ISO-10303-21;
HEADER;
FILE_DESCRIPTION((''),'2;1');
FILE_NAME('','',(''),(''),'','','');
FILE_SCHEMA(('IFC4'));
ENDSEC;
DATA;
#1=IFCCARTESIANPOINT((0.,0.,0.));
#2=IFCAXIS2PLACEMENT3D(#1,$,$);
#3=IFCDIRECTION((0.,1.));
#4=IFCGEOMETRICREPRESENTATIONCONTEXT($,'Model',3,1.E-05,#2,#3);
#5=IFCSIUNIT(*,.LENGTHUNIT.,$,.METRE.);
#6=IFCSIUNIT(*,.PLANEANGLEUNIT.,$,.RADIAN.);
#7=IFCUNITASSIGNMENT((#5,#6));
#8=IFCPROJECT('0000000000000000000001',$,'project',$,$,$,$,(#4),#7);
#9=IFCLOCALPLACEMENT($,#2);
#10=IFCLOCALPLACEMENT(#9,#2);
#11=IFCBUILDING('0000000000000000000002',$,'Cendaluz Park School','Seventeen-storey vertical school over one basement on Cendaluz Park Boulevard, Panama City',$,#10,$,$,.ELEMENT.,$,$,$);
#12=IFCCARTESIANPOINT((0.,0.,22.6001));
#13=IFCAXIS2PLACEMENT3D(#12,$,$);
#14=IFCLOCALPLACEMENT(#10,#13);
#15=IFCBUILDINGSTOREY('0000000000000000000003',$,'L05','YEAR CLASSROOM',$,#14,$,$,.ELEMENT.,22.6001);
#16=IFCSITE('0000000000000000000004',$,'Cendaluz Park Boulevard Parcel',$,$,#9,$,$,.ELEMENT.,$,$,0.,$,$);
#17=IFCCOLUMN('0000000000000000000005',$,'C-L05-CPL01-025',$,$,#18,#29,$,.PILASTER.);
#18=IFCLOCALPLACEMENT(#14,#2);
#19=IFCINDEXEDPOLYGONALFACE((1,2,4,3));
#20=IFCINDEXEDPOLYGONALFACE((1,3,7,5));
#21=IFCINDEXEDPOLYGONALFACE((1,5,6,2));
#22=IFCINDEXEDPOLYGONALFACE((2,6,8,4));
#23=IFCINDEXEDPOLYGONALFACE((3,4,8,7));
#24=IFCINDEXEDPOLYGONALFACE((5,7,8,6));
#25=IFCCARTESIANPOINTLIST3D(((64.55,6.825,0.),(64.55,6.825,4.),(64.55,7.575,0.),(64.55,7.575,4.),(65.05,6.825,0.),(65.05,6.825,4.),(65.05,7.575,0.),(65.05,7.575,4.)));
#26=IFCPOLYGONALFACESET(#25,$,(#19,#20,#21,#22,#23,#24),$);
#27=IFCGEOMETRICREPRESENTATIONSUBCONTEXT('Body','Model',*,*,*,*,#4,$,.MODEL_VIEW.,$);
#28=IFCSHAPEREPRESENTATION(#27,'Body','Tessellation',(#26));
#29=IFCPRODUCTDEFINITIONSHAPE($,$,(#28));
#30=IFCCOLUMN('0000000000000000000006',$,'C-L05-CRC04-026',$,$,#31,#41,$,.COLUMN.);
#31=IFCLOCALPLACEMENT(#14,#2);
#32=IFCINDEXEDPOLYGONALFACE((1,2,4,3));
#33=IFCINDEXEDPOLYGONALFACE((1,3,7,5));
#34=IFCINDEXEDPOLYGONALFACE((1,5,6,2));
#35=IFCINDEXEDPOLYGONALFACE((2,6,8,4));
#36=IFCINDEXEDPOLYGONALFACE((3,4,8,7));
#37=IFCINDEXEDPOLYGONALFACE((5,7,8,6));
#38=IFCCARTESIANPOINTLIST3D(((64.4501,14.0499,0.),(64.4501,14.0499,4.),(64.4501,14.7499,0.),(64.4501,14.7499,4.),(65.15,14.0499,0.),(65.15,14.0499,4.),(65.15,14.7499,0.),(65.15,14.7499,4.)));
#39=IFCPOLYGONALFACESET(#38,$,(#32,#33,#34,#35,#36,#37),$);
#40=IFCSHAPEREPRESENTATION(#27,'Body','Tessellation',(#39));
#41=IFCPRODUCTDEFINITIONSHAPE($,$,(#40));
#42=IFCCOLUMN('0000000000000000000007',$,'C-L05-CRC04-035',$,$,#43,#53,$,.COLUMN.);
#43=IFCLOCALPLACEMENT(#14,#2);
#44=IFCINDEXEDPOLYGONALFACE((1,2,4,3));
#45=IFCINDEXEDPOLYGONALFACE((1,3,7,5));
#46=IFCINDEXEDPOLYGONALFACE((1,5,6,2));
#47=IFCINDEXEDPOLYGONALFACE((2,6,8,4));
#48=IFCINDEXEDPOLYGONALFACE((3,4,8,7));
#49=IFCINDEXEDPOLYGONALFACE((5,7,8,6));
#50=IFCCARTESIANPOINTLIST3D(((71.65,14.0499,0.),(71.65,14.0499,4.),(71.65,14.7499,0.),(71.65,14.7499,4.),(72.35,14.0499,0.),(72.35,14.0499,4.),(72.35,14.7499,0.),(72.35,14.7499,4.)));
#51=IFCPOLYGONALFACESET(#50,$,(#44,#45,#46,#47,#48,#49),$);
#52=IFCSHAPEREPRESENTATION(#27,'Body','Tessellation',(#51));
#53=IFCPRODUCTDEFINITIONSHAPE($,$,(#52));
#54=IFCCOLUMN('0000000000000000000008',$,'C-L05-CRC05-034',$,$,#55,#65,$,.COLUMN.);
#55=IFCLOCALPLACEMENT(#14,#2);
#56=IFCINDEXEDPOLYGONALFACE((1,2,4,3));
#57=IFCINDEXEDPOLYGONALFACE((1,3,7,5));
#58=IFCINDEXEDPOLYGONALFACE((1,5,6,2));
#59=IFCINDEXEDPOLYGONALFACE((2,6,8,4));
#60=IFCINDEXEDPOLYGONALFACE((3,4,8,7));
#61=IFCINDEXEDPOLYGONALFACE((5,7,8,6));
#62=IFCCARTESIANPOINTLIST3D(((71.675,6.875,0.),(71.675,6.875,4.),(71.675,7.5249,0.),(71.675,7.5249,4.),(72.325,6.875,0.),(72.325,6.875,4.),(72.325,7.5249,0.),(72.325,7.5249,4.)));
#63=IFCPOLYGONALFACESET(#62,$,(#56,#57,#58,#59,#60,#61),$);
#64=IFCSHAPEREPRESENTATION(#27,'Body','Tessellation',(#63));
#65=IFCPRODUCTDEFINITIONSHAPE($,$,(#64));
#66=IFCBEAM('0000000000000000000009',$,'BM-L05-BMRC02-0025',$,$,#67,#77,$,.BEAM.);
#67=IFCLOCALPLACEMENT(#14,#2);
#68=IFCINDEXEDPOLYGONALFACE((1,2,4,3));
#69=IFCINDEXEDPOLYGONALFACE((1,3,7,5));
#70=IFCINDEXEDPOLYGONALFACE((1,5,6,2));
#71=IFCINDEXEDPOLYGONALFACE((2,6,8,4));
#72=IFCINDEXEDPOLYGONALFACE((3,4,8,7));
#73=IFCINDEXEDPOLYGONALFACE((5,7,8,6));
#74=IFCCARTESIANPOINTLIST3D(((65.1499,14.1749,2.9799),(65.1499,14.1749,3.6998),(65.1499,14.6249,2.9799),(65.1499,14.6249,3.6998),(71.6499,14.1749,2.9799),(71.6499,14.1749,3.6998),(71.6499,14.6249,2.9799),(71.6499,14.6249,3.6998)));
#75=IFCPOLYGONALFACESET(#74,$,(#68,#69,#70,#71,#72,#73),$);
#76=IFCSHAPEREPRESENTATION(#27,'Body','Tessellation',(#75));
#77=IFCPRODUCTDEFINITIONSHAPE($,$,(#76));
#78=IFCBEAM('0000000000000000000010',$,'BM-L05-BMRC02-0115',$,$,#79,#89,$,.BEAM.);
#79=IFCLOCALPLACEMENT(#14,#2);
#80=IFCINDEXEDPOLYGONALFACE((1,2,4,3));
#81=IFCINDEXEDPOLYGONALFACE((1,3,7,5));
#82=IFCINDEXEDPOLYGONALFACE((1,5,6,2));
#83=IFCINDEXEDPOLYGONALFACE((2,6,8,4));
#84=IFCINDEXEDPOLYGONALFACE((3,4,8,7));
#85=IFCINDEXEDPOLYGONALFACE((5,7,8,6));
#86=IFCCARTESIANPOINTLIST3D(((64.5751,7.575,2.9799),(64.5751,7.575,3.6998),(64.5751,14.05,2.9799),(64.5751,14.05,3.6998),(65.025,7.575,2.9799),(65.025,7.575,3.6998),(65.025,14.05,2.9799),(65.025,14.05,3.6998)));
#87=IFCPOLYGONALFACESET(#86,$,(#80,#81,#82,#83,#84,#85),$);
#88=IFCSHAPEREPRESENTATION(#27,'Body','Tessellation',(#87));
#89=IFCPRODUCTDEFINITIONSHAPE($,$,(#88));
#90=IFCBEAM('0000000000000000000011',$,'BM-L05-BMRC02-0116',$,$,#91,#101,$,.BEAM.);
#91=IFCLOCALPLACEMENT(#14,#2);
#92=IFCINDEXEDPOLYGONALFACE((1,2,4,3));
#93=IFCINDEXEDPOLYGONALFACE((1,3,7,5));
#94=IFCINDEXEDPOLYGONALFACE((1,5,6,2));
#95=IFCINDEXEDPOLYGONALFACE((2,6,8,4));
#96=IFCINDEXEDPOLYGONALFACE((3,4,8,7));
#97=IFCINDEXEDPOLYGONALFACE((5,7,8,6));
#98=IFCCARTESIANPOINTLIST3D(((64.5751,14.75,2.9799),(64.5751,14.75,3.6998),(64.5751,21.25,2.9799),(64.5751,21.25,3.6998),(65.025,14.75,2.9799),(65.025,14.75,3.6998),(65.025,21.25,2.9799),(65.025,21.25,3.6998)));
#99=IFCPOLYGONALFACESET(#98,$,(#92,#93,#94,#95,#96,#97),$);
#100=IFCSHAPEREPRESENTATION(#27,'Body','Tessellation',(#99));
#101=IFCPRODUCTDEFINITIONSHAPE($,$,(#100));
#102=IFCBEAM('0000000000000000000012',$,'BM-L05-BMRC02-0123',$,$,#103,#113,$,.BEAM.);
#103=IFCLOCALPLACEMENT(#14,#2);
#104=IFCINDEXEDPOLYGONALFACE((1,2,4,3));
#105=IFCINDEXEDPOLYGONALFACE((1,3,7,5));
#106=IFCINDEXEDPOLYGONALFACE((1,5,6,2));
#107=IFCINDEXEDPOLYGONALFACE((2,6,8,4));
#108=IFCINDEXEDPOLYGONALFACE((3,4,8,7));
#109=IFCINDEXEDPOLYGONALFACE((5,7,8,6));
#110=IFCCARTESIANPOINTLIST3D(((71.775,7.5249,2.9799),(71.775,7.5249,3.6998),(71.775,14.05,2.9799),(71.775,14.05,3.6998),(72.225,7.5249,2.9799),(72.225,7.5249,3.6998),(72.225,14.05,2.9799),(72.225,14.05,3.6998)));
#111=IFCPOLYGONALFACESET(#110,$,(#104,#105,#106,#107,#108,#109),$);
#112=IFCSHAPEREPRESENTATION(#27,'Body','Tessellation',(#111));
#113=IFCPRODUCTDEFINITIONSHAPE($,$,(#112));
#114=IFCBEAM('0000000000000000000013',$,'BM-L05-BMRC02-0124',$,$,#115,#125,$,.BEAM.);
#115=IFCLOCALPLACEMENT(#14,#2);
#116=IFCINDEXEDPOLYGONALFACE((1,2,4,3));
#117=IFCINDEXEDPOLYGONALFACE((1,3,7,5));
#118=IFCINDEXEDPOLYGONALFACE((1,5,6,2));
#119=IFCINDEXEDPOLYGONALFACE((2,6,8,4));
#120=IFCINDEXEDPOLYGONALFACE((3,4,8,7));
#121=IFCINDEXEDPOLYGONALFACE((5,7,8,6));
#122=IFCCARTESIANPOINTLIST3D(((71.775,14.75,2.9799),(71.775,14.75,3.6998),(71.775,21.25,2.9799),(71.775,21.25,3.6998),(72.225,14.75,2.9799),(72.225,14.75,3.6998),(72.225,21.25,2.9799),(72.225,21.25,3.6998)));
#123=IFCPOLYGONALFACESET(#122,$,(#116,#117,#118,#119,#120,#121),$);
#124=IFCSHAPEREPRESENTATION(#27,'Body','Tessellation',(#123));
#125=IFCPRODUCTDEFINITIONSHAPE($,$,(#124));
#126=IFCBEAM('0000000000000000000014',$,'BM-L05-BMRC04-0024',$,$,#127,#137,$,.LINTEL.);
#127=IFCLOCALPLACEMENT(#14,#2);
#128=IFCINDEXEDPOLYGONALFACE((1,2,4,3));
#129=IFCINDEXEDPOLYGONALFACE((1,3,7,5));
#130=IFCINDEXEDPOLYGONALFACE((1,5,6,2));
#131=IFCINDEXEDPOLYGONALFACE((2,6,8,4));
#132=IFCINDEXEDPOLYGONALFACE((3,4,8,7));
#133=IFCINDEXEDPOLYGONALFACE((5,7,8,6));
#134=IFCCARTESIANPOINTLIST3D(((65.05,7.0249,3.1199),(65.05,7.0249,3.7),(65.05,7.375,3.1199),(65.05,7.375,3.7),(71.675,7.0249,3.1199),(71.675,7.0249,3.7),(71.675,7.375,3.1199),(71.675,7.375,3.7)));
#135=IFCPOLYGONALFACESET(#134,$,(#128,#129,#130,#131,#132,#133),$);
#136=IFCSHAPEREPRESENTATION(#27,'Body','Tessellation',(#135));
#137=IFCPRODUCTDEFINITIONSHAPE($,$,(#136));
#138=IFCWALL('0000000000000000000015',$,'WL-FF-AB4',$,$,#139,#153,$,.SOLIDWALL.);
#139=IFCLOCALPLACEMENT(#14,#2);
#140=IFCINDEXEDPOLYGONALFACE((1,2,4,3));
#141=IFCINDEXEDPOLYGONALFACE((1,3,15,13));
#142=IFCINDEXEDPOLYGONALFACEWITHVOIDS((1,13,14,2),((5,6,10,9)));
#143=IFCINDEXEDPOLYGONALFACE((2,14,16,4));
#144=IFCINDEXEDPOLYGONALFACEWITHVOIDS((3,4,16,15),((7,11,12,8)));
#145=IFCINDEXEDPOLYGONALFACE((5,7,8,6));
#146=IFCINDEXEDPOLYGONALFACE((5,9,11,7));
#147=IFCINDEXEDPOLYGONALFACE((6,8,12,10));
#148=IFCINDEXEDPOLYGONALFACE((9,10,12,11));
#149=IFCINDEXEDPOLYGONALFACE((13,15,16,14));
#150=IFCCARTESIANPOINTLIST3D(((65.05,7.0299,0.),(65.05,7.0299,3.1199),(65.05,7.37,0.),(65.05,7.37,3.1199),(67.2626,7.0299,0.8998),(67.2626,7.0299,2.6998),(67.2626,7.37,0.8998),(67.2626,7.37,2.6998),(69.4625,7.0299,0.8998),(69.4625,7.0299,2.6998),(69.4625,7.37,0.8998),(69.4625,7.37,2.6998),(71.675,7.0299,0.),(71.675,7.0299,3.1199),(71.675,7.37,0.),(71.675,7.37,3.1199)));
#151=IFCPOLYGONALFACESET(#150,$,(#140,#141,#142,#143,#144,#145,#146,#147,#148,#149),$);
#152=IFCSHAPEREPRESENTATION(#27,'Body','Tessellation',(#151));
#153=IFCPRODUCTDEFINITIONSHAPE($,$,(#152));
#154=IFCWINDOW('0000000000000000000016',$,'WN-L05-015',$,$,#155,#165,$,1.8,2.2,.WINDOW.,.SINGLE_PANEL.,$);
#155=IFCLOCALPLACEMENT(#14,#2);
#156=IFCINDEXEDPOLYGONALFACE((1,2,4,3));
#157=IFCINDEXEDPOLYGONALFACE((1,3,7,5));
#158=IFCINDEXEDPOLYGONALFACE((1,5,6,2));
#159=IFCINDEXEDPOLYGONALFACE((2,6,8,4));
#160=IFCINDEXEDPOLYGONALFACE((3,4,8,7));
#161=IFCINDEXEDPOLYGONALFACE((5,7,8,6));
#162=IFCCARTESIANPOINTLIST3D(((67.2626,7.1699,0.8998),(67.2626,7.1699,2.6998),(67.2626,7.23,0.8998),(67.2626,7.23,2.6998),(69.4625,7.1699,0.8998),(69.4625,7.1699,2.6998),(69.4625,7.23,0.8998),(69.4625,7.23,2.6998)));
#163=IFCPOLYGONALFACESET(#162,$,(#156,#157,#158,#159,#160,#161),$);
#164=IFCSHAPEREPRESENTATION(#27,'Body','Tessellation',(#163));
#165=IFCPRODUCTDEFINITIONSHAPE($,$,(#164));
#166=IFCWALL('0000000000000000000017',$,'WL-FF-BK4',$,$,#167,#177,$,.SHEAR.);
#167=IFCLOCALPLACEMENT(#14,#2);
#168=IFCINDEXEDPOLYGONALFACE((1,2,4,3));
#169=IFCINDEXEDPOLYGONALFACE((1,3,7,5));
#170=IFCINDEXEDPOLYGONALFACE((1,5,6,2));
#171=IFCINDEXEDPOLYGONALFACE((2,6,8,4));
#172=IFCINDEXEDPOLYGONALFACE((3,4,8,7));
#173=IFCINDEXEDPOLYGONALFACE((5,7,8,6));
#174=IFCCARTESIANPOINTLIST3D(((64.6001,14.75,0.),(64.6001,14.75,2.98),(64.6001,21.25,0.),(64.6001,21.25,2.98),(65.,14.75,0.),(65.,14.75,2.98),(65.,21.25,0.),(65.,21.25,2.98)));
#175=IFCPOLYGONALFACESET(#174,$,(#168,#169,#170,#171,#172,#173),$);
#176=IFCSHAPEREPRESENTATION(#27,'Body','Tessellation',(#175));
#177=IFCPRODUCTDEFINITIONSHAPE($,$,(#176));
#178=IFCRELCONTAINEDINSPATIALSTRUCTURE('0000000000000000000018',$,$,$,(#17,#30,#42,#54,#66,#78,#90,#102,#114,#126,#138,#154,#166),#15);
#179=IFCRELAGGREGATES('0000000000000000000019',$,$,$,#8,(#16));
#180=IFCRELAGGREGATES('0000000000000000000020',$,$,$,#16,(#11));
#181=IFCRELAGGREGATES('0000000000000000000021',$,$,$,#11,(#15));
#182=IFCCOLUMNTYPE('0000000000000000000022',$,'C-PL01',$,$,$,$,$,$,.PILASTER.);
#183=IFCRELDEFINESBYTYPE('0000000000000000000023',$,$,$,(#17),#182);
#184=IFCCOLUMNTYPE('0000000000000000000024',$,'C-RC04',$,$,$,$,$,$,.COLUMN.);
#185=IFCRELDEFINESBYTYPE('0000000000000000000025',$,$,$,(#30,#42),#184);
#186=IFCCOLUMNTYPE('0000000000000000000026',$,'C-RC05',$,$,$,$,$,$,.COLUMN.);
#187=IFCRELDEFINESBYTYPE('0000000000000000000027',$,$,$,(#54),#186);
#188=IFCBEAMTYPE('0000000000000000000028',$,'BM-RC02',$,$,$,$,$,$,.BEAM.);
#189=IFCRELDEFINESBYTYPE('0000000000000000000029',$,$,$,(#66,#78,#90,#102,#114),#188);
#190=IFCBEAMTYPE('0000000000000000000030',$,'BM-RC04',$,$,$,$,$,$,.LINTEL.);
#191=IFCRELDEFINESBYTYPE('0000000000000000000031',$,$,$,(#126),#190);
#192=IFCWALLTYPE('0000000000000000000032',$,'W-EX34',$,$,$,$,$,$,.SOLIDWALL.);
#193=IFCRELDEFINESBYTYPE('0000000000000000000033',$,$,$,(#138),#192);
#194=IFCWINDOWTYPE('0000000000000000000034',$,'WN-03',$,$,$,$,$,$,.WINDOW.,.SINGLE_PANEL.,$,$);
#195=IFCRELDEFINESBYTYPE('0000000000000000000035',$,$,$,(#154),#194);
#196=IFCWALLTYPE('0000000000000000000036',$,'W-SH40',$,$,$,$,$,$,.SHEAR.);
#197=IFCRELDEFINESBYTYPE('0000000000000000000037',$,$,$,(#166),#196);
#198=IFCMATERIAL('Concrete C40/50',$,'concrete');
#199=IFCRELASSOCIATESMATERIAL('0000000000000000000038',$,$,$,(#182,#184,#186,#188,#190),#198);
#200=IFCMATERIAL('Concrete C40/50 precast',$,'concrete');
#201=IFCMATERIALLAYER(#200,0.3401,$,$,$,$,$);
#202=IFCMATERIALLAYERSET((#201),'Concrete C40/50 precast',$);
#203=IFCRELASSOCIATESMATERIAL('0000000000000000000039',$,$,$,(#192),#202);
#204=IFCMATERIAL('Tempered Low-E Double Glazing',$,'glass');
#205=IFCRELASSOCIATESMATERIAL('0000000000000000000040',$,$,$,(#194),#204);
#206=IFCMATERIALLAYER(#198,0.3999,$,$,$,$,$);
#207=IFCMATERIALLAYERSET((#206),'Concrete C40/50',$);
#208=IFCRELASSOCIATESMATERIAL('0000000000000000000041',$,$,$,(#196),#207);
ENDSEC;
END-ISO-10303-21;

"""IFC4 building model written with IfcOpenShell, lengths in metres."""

from ifc_helpers import new_model, si_unit, direction, frame, frame_2d, origin, origin_2d, place, context, subcontext, project, spatial, rectangle, extrude, material, layer, layer_set, material_profile, profile_set, type_object, element, fill, save


model = new_model("IFC4")

# Units and contexts
model_context = context("Model", 3, precision=1e-05, world=origin(), true_north=direction((0.0, 1.0)))
body_context = subcontext(model_context, "Body", "Model", "MODEL_VIEW")
ifc_project = project(units=[si_unit("LENGTHUNIT", "METRE"), si_unit("PLANEANGLEUNIT", "RADIAN")], contexts=[model_context])

# Site, building, storey
site_placement = place(None, origin())
site = spatial("IfcSite", under=ifc_project, at=site_placement, Name="Cendaluz Park Boulevard Parcel", CompositionType="ELEMENT", RefElevation=0.0)
building_placement = place(site_placement, origin())
building = spatial("IfcBuilding", under=site, at=building_placement, Name="Cendaluz Park School", Description="Seventeen-storey vertical school over one basement on Cendaluz Park Boulevard, Panama City", CompositionType="ELEMENT")
storey_placement = place(building_placement, frame((0.0, 0.0, 22.6001)))
storey = spatial("IfcBuildingStorey", under=building, at=storey_placement, Name="L05", Description="YEAR CLASSROOM", CompositionType="ELEMENT", Elevation=22.6001)

# Columns
ifc_material_1 = material(Name="Concrete C40/50", Category="concrete")
ifc_material_profile_1 = material_profile(ifc_material_1, rectangle(XDim=0.5, YDim=0.75, at=origin_2d()), Name="RC 500x750", Category="concrete")
ifc_profile_set_1 = profile_set([ifc_material_profile_1], Name="Concrete C40/50")
column_type_1 = type_object("IfcColumnType", Name="C-PL01", PredefinedType="PILASTER", material=ifc_profile_set_1)
column_1_placement = place(storey_placement, frame((64.8, 7.2, 0.0), z_axis=(0.0, 0.0, 1.0), x_axis=(1.0, 0.0, 0.0)))
element("IfcColumn", 1, at=column_1_placement, inside=storey, type_object=column_type_1, Name="C-L05-CPL01-025", PredefinedType="PILASTER", context=body_context, shape_type="SweptSolid", body=[
    extrude(rectangle(XDim=0.5, YDim=0.75, at=origin_2d()), origin(), (0.0, 0.0, 1.0), 4.0),
])
ifc_material_profile_2 = material_profile(ifc_material_1, rectangle(XDim=0.7, YDim=0.7, at=origin_2d()), Name="RC 700x700", Category="concrete")
ifc_profile_set_2 = profile_set([ifc_material_profile_2], Name="Concrete C40/50")
column_type_2 = type_object("IfcColumnType", Name="C-RC04", PredefinedType="COLUMN", material=ifc_profile_set_2)
for number, where, z_axis, x_axis, name in (
    (2, (64.8, 14.3999, 0.0), (0.0, 0.0, 1.0), (1.0, 0.0, 0.0), "C-L05-CRC04-026"),
    (3, (72.0, 14.3999, 0.0), (0.0, 0.0, 1.0), (1.0, 0.0, 0.0), "C-L05-CRC04-035"),
):
    element("IfcColumn", number, at=place(storey_placement, frame(where, z_axis=z_axis, x_axis=x_axis)), inside=storey, type_object=column_type_2, Name=name, PredefinedType="COLUMN", context=body_context, shape_type="SweptSolid", body=[
        extrude(rectangle(XDim=0.7, YDim=0.7, at=origin_2d()), origin(), (0.0, 0.0, 1.0), 4.0),
    ])
ifc_material_profile_3 = material_profile(ifc_material_1, rectangle(XDim=0.6499, YDim=0.6499, at=origin_2d()), Name="RC 650x650", Category="concrete")
ifc_profile_set_3 = profile_set([ifc_material_profile_3], Name="Concrete C40/50")
column_type_3 = type_object("IfcColumnType", Name="C-RC05", PredefinedType="COLUMN", material=ifc_profile_set_3)
column_2_placement = place(storey_placement, frame((72.0, 7.2, 0.0), z_axis=(0.0, 0.0, 1.0), x_axis=(1.0, 0.0, 0.0)))
element("IfcColumn", 4, at=column_2_placement, inside=storey, type_object=column_type_3, Name="C-L05-CRC05-034", PredefinedType="COLUMN", context=body_context, shape_type="SweptSolid", body=[
    extrude(rectangle(XDim=0.6499, YDim=0.6499, at=origin_2d()), origin(), (0.0, 0.0, 1.0), 4.0),
])

# Beams
ifc_material_profile_4 = material_profile(ifc_material_1, rectangle(XDim=0.45, YDim=0.72, at=origin_2d()), Name="RC 450x720", Category="concrete")
ifc_profile_set_4 = profile_set([ifc_material_profile_4], Name="Concrete C40/50")
beam_type_1 = type_object("IfcBeamType", Name="BM-RC02", PredefinedType="BEAM", material=ifc_profile_set_4)
beam_1_placement = place(storey_placement, frame((65.1499, 14.3999, 3.3398), z_axis=(1.0, 0.0, 0.0), x_axis=(0.0, 1.0, 0.0)))
element("IfcBeam", 5, at=beam_1_placement, inside=storey, type_object=beam_type_1, Name="BM-L05-BMRC02-0025", PredefinedType="BEAM", context=body_context, shape_type="SweptSolid", body=[
    extrude(rectangle(XDim=0.45, YDim=0.72, at=origin_2d()), origin(), (0.0, 0.0, 1.0), 6.5),
])
beam_2_placement = place(storey_placement, frame((64.8, 7.575, 3.3398), z_axis=(0.0, 1.0, 0.0), x_axis=(-1.0, 0.0, 0.0)))
element("IfcBeam", 6, at=beam_2_placement, inside=storey, type_object=beam_type_1, Name="BM-L05-BMRC02-0115", PredefinedType="BEAM", context=body_context, shape_type="SweptSolid", body=[
    extrude(rectangle(XDim=0.45, YDim=0.72, at=origin_2d()), origin(), (0.0, 0.0, 1.0), 6.4751),
])
beam_3_placement = place(storey_placement, frame((64.8, 14.75, 3.3398), z_axis=(0.0, 1.0, 0.0), x_axis=(-1.0, 0.0, 0.0)))
element("IfcBeam", 7, at=beam_3_placement, inside=storey, type_object=beam_type_1, Name="BM-L05-BMRC02-0116", PredefinedType="BEAM", context=body_context, shape_type="SweptSolid", body=[
    extrude(rectangle(XDim=0.45, YDim=0.72, at=origin_2d()), origin(), (0.0, 0.0, 1.0), 6.5),
])
beam_4_placement = place(storey_placement, frame((72.0, 7.5249, 3.3398), z_axis=(0.0, 1.0, 0.0), x_axis=(-1.0, 0.0, 0.0)))
element("IfcBeam", 8, at=beam_4_placement, inside=storey, type_object=beam_type_1, Name="BM-L05-BMRC02-0123", PredefinedType="BEAM", context=body_context, shape_type="SweptSolid", body=[
    extrude(rectangle(XDim=0.45, YDim=0.72, at=origin_2d()), origin(), (0.0, 0.0, 1.0), 6.5251),
])
beam_5_placement = place(storey_placement, frame((72.0, 14.75, 3.3398), z_axis=(0.0, 1.0, 0.0), x_axis=(-1.0, 0.0, 0.0)))
element("IfcBeam", 9, at=beam_5_placement, inside=storey, type_object=beam_type_1, Name="BM-L05-BMRC02-0124", PredefinedType="BEAM", context=body_context, shape_type="SweptSolid", body=[
    extrude(rectangle(XDim=0.45, YDim=0.72, at=origin_2d()), origin(), (0.0, 0.0, 1.0), 6.5),
])
ifc_material_profile_5 = material_profile(ifc_material_1, rectangle(XDim=0.3501, YDim=0.5801, at=origin_2d()), Name="RC 350x580", Category="concrete")
ifc_profile_set_5 = profile_set([ifc_material_profile_5], Name="Concrete C40/50")
beam_type_2 = type_object("IfcBeamType", Name="BM-RC04", PredefinedType="LINTEL", material=ifc_profile_set_5)
beam_6_placement = place(storey_placement, frame((65.05, 7.2, 3.4099), z_axis=(1.0, 0.0, 0.0), x_axis=(0.0, 1.0, 0.0)))
element("IfcBeam", 10, at=beam_6_placement, inside=storey, type_object=beam_type_2, Name="BM-L05-BMRC04-0024", PredefinedType="LINTEL", context=body_context, shape_type="SweptSolid", body=[
    extrude(rectangle(XDim=0.3501, YDim=0.5801, at=origin_2d()), origin(), (0.0, 0.0, 1.0), 6.625),
])

# Wall, opening, window
ifc_material_2 = material(Name="Concrete C40/50 precast", Category="concrete")
ifc_layer_1 = layer(ifc_material_2, 0.3401)
ifc_layer_set_1 = layer_set([ifc_layer_1], Name="Concrete C40/50 precast")
wall_type_1 = type_object("IfcWallType", Name="W-EX34", PredefinedType="SOLIDWALL", material=ifc_layer_set_1)
wall_1_placement = place(storey_placement, frame((65.05, 7.2, 0.0), z_axis=(0.0, 0.0, 1.0), x_axis=(1.0, 0.0, 0.0)))
wall_1 = element("IfcWall", 11, at=wall_1_placement, inside=storey, type_object=wall_type_1, Name="WL-FF-AB4", PredefinedType="SOLIDWALL", context=body_context, shape_type="SweptSolid", body=[
    extrude(rectangle(XDim=6.625, YDim=0.3401, at=frame_2d((3.3125, 0.0))), origin(), (0.0, 0.0, 1.0), 3.1199),
])
opening_1_placement = place(wall_1_placement, frame((2.2124, 0.0, 0.8999)))
opening_1 = element("IfcOpeningElement", 12, at=opening_1_placement, cuts=wall_1, PredefinedType="OPENING", context=body_context, shape_type="SweptSolid", body=[
    extrude(rectangle(XDim=2.2, YDim=1.8, at=frame_2d((1.1001, 0.8999))), frame((0.0, 0.1821, 0.0), z_axis=(0.0, -1.0, 0.0), x_axis=(1.0, 0.0, 0.0)), (0.0, 0.0, 1.0), 0.364),
])
ifc_material_3 = material(Name="Tempered Low-E Double Glazing", Category="glass")
window_type = type_object("IfcWindowType", Name="WN-03", PartitioningType="SINGLE_PANEL", PredefinedType="WINDOW", material=ifc_material_3)
window_placement = place(opening_1_placement, origin())
window = element("IfcWindow", 13, at=window_placement, inside=storey, type_object=window_type, Name="WN-L05-015", OverallHeight=1.8, OverallWidth=2.2, PartitioningType="SINGLE_PANEL", PredefinedType="WINDOW", context=body_context, shape_type="SweptSolid", body=[
    extrude(rectangle(XDim=2.2, YDim=1.8, at=frame_2d((1.1001, 0.8999))), frame((0.0, 0.03, 0.0), z_axis=(0.0, -1.0, 0.0), x_axis=(1.0, 0.0, 0.0)), (0.0, 0.0, 1.0), 0.0601),
])
fill(opening_1, window)

# Wall
ifc_layer_2 = layer(ifc_material_1, 0.3999)
ifc_layer_set_2 = layer_set([ifc_layer_2], Name="Concrete C40/50")
wall_type_2 = type_object("IfcWallType", Name="W-SH40", PredefinedType="SHEAR", material=ifc_layer_set_2)
wall_2_placement = place(storey_placement, frame((64.8, 14.75, 0.0), z_axis=(0.0, 0.0, 1.0), x_axis=(0.0, 1.0, 0.0)))
element("IfcWall", 14, at=wall_2_placement, inside=storey, type_object=wall_type_2, Name="WL-FF-BK4", PredefinedType="SHEAR", context=body_context, shape_type="SweptSolid", body=[
    extrude(rectangle(XDim=6.5, YDim=0.3999, at=frame_2d((3.25, 0.0))), origin(), (0.0, 0.0, 1.0), 2.98),
])

save(model, "model.ifc")
